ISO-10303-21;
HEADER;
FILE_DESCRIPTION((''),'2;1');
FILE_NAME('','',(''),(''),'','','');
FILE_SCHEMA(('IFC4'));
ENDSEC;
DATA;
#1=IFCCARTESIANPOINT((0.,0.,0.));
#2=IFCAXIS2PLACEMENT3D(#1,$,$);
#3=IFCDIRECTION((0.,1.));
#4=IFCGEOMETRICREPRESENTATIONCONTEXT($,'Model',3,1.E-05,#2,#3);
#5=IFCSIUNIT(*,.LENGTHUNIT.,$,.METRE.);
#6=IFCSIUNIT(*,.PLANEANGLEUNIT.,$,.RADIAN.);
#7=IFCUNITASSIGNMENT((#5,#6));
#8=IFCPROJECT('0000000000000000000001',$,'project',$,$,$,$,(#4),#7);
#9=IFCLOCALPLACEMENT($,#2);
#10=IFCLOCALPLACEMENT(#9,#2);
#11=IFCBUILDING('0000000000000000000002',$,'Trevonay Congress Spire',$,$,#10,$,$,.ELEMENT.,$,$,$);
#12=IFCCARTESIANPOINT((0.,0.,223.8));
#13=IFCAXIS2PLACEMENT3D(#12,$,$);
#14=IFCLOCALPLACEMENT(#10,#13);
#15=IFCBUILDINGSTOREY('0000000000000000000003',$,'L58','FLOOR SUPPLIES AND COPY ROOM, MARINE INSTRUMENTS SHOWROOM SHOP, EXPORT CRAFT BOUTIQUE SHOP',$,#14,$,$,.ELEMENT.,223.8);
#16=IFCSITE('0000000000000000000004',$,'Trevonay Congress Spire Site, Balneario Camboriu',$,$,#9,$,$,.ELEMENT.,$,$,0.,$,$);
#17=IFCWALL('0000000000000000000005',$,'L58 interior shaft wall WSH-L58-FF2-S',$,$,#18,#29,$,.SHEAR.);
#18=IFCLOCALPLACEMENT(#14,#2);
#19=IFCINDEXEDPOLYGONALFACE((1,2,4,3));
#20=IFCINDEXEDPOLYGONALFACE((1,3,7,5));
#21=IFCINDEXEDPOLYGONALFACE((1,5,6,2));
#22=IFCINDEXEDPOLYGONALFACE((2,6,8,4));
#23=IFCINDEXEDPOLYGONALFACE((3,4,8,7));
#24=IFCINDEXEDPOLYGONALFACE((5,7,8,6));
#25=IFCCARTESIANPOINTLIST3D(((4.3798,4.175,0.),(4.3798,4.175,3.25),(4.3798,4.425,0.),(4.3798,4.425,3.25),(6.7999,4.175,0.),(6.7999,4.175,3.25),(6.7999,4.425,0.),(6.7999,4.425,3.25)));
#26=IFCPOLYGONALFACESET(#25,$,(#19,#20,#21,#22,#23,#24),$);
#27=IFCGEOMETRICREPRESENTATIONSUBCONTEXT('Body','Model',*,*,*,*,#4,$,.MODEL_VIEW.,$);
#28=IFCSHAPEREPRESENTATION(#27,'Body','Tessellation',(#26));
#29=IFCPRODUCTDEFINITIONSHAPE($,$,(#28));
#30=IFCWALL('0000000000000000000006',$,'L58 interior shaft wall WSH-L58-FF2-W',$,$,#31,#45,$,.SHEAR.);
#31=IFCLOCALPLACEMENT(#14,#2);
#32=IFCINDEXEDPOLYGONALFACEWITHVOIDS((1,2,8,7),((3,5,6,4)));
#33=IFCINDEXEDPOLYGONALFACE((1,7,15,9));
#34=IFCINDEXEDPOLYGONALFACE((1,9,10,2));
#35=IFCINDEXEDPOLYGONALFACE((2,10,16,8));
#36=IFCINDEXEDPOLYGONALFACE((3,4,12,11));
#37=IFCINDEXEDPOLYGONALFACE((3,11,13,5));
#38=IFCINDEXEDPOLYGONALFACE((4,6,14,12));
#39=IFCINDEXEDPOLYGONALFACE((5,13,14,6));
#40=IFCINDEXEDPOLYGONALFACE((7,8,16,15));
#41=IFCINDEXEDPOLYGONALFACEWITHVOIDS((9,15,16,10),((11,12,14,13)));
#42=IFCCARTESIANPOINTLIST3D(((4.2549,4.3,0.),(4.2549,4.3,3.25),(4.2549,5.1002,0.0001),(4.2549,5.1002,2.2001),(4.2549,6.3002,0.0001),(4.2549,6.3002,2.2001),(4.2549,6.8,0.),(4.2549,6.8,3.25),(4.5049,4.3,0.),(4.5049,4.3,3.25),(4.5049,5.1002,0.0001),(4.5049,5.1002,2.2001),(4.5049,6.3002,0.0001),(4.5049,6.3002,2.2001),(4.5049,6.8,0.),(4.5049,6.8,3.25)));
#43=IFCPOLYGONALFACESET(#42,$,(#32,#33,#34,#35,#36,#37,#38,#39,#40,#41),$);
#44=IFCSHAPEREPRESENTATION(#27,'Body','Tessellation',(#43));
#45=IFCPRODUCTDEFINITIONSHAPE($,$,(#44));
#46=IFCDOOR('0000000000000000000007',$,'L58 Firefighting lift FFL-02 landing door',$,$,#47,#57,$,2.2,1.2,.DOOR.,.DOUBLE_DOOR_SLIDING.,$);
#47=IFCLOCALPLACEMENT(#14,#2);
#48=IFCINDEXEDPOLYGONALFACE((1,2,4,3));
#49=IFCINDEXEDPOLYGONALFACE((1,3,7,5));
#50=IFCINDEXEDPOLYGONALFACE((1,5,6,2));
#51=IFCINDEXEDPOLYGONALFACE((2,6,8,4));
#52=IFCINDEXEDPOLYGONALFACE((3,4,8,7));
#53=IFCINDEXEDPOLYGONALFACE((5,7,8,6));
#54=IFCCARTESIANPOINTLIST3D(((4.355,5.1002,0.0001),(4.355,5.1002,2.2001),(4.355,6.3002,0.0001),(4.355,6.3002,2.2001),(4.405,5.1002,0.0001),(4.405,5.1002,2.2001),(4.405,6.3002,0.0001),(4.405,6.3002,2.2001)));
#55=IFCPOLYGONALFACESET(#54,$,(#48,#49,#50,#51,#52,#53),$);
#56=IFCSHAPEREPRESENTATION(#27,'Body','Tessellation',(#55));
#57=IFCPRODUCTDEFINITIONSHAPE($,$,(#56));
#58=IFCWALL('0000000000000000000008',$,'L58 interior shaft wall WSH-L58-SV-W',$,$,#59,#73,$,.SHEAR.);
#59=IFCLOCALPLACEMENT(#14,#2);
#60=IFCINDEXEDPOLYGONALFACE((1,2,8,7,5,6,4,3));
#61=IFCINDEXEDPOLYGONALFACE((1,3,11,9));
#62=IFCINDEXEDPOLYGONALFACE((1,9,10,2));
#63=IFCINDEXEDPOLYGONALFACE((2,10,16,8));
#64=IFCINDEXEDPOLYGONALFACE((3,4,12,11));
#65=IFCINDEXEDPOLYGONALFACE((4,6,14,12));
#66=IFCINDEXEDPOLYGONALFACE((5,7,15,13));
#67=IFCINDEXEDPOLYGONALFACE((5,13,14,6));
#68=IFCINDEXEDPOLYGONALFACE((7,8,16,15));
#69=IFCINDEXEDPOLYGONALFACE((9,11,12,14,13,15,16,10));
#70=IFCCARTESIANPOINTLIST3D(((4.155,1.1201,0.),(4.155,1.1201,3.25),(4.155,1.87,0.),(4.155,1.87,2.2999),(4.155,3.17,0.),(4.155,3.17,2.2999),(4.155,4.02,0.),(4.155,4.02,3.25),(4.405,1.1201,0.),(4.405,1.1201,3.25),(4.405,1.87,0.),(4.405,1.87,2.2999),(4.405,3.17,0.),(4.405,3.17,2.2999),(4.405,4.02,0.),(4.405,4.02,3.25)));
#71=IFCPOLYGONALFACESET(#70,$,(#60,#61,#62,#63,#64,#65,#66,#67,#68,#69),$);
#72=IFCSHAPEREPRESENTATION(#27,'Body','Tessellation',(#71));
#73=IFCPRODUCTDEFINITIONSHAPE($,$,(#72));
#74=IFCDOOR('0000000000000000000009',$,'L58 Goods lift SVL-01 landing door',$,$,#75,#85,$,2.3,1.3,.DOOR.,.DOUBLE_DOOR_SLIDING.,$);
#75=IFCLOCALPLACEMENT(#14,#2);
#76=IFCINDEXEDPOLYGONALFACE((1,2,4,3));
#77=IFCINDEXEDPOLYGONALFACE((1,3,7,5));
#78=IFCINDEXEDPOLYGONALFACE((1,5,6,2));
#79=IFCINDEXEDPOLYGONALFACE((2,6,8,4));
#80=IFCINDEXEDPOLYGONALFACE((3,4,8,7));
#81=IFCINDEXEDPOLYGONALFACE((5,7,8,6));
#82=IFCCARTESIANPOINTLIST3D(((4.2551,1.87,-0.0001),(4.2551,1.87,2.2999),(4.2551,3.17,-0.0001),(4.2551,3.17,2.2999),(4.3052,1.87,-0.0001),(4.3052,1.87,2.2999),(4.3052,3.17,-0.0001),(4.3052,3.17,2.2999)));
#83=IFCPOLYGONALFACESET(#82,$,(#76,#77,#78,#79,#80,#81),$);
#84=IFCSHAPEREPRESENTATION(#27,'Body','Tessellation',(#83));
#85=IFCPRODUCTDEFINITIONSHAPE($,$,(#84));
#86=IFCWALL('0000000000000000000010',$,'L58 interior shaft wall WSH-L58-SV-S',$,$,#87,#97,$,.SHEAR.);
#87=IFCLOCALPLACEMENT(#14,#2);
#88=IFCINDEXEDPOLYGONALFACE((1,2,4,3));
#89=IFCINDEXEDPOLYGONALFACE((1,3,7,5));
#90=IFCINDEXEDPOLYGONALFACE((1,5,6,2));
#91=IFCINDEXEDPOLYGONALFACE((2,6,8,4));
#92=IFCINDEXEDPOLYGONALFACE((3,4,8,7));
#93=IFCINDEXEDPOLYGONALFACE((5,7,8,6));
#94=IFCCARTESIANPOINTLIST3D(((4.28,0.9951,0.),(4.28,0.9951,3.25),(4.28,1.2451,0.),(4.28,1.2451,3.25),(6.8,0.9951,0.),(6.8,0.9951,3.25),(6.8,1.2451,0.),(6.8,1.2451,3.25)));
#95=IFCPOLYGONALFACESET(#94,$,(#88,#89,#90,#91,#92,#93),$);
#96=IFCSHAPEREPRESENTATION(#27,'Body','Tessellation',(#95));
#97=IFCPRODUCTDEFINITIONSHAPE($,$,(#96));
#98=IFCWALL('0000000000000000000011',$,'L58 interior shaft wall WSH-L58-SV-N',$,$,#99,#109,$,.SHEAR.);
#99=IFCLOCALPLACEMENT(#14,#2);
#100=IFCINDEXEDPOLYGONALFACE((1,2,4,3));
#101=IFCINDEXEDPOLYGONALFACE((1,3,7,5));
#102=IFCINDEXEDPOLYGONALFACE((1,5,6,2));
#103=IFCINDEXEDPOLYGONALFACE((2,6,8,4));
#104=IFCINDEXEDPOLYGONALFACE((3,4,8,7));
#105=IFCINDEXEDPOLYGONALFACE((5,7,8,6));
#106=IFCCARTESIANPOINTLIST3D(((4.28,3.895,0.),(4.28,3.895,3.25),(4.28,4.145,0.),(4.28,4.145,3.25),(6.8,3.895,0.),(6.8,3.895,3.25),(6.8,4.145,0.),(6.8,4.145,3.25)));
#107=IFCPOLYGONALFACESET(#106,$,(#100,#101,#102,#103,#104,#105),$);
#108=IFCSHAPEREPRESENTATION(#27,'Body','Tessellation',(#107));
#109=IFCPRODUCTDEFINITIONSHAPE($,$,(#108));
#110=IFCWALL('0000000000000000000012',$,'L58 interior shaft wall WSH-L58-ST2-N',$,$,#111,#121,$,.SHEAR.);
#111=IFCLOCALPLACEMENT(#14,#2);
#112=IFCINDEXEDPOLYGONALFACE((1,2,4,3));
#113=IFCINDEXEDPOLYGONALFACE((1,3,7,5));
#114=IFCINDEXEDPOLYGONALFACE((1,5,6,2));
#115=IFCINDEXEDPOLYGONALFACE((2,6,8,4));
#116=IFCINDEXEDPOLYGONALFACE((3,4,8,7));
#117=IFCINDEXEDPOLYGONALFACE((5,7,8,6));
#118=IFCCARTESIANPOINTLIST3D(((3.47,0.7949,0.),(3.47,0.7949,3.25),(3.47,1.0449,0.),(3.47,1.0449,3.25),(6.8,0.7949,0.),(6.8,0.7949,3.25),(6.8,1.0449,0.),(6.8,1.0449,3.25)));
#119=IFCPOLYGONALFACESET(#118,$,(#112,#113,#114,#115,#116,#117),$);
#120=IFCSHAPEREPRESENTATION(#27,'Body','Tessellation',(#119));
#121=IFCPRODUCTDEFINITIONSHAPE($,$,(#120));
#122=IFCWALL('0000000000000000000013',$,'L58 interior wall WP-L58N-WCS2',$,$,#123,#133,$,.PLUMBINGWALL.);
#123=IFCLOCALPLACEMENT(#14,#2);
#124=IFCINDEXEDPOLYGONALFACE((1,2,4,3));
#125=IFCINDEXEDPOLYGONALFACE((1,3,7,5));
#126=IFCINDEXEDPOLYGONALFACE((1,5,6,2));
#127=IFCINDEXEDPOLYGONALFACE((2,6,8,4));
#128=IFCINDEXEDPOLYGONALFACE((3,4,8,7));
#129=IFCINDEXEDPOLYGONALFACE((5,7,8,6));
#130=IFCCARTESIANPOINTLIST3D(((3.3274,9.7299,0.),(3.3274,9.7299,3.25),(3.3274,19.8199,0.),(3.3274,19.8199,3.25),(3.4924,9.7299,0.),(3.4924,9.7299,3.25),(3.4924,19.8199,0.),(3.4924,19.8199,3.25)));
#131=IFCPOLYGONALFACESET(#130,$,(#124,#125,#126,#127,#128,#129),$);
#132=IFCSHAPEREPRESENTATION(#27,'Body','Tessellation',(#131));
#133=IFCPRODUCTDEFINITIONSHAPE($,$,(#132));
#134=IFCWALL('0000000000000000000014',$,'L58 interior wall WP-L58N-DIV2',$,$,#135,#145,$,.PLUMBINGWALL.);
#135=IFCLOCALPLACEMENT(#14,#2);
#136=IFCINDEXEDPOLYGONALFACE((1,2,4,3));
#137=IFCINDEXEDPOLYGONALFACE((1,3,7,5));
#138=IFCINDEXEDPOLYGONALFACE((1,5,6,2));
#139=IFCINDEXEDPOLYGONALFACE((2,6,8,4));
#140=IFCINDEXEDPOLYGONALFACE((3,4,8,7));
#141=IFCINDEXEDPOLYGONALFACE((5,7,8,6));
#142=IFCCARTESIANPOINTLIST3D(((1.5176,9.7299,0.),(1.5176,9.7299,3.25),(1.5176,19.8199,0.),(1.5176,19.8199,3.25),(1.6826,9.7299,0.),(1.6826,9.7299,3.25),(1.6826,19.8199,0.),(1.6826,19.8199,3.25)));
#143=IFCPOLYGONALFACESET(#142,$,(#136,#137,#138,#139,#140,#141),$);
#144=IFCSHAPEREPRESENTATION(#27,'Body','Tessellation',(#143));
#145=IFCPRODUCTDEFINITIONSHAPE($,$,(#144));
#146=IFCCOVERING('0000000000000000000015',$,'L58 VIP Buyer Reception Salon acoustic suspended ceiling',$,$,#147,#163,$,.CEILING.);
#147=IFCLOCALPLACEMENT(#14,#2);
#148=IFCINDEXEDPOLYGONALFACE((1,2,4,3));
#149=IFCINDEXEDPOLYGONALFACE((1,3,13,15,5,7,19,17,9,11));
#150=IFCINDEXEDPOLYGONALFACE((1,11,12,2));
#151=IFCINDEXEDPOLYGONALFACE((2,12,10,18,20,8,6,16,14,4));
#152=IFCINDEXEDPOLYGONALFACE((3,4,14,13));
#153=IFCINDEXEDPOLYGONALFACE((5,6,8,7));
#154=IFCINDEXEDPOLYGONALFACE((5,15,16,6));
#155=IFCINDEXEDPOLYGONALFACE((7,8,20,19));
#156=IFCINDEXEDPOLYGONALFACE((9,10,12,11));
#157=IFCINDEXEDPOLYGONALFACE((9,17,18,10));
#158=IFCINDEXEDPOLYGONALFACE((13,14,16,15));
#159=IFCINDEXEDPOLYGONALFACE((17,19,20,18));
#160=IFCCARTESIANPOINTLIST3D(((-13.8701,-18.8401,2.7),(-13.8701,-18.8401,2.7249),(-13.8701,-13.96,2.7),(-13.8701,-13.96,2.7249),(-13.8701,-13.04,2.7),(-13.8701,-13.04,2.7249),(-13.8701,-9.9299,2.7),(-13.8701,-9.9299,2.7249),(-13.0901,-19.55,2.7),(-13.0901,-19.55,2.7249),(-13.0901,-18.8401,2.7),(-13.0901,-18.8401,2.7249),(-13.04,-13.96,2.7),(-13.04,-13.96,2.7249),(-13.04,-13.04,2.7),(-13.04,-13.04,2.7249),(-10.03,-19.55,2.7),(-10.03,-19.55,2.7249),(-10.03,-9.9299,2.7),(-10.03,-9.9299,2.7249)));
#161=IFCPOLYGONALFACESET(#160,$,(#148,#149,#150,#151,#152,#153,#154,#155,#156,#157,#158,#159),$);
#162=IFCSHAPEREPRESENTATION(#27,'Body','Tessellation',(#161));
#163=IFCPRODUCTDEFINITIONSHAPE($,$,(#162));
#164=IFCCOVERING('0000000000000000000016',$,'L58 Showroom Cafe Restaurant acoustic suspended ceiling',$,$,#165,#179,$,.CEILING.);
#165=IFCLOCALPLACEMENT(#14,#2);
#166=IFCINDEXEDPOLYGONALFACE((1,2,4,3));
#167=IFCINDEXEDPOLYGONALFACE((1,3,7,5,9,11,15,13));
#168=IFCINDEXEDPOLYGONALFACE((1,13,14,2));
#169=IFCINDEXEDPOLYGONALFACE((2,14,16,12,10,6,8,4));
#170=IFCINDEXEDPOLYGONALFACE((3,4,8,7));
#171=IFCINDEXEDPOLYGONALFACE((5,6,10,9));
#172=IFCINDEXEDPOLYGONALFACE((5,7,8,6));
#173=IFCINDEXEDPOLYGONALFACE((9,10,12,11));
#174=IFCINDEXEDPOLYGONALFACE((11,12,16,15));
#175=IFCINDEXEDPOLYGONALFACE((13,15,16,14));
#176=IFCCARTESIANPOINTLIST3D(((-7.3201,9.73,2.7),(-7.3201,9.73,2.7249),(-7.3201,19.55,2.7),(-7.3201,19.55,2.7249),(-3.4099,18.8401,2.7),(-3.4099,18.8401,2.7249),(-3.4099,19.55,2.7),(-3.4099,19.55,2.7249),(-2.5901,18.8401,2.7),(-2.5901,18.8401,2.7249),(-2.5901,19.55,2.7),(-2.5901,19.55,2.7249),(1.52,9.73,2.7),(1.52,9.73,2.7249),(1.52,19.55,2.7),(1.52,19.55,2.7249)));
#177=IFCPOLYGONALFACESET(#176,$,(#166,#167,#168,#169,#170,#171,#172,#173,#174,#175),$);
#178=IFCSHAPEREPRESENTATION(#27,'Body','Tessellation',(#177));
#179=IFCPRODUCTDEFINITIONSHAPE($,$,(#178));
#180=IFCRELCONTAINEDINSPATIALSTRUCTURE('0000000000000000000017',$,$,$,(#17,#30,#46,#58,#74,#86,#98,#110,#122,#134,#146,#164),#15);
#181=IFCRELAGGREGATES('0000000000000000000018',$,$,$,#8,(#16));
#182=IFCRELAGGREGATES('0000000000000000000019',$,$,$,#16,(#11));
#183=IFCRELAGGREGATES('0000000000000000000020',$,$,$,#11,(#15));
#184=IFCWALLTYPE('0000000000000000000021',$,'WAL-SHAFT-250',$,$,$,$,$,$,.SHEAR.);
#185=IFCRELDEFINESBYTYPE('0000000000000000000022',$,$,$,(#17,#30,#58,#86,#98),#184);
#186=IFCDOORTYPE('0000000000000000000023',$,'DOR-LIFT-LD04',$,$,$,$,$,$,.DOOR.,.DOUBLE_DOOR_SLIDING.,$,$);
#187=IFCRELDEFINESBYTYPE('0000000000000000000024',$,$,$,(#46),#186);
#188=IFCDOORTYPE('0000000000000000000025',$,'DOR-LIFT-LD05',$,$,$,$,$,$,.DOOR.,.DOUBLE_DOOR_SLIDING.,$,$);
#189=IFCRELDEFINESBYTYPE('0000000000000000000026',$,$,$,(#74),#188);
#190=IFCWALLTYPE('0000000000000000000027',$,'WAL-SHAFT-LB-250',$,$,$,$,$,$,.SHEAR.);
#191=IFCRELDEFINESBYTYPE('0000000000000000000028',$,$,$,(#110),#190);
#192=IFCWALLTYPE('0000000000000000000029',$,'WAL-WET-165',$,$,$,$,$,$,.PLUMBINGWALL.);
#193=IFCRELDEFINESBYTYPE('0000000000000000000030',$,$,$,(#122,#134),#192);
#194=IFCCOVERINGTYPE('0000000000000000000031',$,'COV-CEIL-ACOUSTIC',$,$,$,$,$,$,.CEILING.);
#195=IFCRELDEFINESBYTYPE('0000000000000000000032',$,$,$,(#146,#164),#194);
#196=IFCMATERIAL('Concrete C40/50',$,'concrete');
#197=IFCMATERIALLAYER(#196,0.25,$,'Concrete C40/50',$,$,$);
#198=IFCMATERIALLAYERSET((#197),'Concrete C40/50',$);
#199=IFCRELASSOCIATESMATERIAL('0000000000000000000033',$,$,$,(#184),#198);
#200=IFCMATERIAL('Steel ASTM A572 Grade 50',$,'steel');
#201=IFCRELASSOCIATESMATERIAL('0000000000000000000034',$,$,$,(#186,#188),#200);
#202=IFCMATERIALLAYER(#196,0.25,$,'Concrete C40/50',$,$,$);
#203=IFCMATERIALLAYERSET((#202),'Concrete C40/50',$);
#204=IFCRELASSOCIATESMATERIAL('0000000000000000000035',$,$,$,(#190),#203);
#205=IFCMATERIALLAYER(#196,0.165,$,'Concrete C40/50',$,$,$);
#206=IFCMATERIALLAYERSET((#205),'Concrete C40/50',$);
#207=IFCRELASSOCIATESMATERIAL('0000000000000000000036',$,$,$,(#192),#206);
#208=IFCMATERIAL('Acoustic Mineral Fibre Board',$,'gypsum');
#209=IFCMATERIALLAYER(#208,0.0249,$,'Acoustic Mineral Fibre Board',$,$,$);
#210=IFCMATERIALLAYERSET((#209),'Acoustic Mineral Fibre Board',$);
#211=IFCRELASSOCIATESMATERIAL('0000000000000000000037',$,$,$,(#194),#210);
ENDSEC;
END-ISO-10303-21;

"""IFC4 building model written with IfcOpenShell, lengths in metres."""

from ifc_helpers import new_model, si_unit, direction, frame, frame_2d, origin, place, context, subcontext, project, spatial, polyline, rectangle, outline, extrude, material, layer, layer_set, type_object, element, fill, save


model = new_model("IFC4")

# Units and contexts
model_context = context("Model", 3, precision=1e-05, world=origin(), true_north=direction((0.0, 1.0)))
body_context = subcontext(model_context, "Body", "Model", "MODEL_VIEW")
ifc_project = project(units=[si_unit("LENGTHUNIT", "METRE"), si_unit("PLANEANGLEUNIT", "RADIAN")], contexts=[model_context])

# Site, building, storey
site_placement = place(None, origin())
site = spatial("IfcSite", under=ifc_project, at=site_placement, Name="Trevonay Congress Spire Site, Balneario Camboriu", CompositionType="ELEMENT", RefElevation=0.0)
building_placement = place(site_placement, origin())
building = spatial("IfcBuilding", under=site, at=building_placement, Name="Trevonay Congress Spire", CompositionType="ELEMENT")
storey_placement = place(building_placement, frame((0.0, 0.0, 223.8)))
storey = spatial("IfcBuildingStorey", under=building, at=storey_placement, Name="L58", Description="FLOOR SUPPLIES AND COPY ROOM, MARINE INSTRUMENTS SHOWROOM SHOP, EXPORT CRAFT BOUTIQUE SHOP", CompositionType="ELEMENT", Elevation=223.8)

# Shared definitions
ifc_material_1 = material(Name="Steel ASTM A572 Grade 50", Category="steel")

# Wall
ifc_material_2 = material(Name="Concrete C40/50", Category="concrete")
ifc_layer_1 = layer(ifc_material_2, 0.25, Name="Concrete C40/50")
ifc_layer_set_1 = layer_set([ifc_layer_1], Name="Concrete C40/50")
wall_type_1 = type_object("IfcWallType", Name="WAL-SHAFT-250", PredefinedType="SHEAR", material=ifc_layer_set_1)
wall_1_placement = place(storey_placement, frame((4.3799, 4.3, 0.0), z_axis=(0.0, 0.0, 1.0), x_axis=(1.0, 0.0, 0.0)))
element("IfcWall", 1, at=wall_1_placement, inside=storey, type_object=wall_type_1, Name="L58 interior shaft wall WSH-L58-FF2-S", PredefinedType="SHEAR", context=body_context, shape_type="SweptSolid", body=[
    extrude(rectangle(XDim=2.4202, YDim=0.25, at=frame_2d((1.21, 0.0))), origin(), (0.0, 0.0, 1.0), 3.25),
])

# Walls, openings, doors
wall_2_placement = place(storey_placement, frame((4.3799, 4.3, 0.0), z_axis=(0.0, 0.0, 1.0), x_axis=(0.0, 1.0, 0.0)))
wall_2 = element("IfcWall", 2, at=wall_2_placement, inside=storey, type_object=wall_type_1, Name="L58 interior shaft wall WSH-L58-FF2-W", PredefinedType="SHEAR", context=body_context, shape_type="SweptSolid", body=[
    extrude(rectangle(XDim=2.5, YDim=0.25, at=frame_2d((1.25, 0.0))), origin(), (0.0, 0.0, 1.0), 3.25),
])
opening_1_placement = place(wall_2_placement, frame((0.8, 0.0, 0.0)))
opening_1 = element("IfcOpeningElement", 3, at=opening_1_placement, cuts=wall_2, PredefinedType="OPENING", context=body_context, shape_type="SweptSolid", body=[
    extrude(rectangle(XDim=1.2, YDim=2.2, at=frame_2d((0.6001, 1.1001))), frame((0.0, 0.135, 0.0), z_axis=(0.0, -1.0, 0.0), x_axis=(1.0, 0.0, 0.0)), (0.0, 0.0, 1.0), 0.27),
])
door_type_1 = type_object("IfcDoorType", Name="DOR-LIFT-LD04", OperationType="DOUBLE_DOOR_SLIDING", PredefinedType="DOOR", material=ifc_material_1)
door_1_placement = place(opening_1_placement, origin())
door_1 = element("IfcDoor", 4, at=door_1_placement, inside=storey, type_object=door_type_1, Name="L58 Firefighting lift FFL-02 landing door", OperationType="DOUBLE_DOOR_SLIDING", OverallHeight=2.2, OverallWidth=1.2, PredefinedType="DOOR", context=body_context, shape_type="SweptSolid", body=[
    extrude(rectangle(XDim=1.2, YDim=2.2, at=frame_2d((0.6001, 1.1001))), frame((0.0, 0.0249, 0.0), z_axis=(0.0, -1.0, 0.0), x_axis=(1.0, 0.0, 0.0)), (0.0, 0.0, 1.0), 0.05),
])
fill(opening_1, door_1)
wall_3_placement = place(storey_placement, frame((4.28, 1.1201, 0.0), z_axis=(0.0, 0.0, 1.0), x_axis=(0.0, 1.0, 0.0)))
wall_3 = element("IfcWall", 5, at=wall_3_placement, inside=storey, type_object=wall_type_1, Name="L58 interior shaft wall WSH-L58-SV-W", PredefinedType="SHEAR", context=body_context, shape_type="SweptSolid", body=[
    extrude(rectangle(XDim=2.8999, YDim=0.25, at=frame_2d((1.45, 0.0))), origin(), (0.0, 0.0, 1.0), 3.25),
])
opening_2_placement = place(wall_3_placement, frame((0.75, 0.0, 0.0)))
opening_2 = element("IfcOpeningElement", 6, at=opening_2_placement, cuts=wall_3, PredefinedType="OPENING", context=body_context, shape_type="SweptSolid", body=[
    extrude(rectangle(XDim=1.3, YDim=2.3, at=frame_2d((0.6499, 1.1499))), frame((0.0, 0.135, 0.0), z_axis=(0.0, -1.0, 0.0), x_axis=(1.0, 0.0, 0.0)), (0.0, 0.0, 1.0), 0.27),
])
door_type_2 = type_object("IfcDoorType", Name="DOR-LIFT-LD05", OperationType="DOUBLE_DOOR_SLIDING", PredefinedType="DOOR", material=ifc_material_1)
door_2_placement = place(opening_2_placement, origin())
door_2 = element("IfcDoor", 7, at=door_2_placement, inside=storey, type_object=door_type_2, Name="L58 Goods lift SVL-01 landing door", OperationType="DOUBLE_DOOR_SLIDING", OverallHeight=2.3, OverallWidth=1.3, PredefinedType="DOOR", context=body_context, shape_type="SweptSolid", body=[
    extrude(rectangle(XDim=1.3, YDim=2.3, at=frame_2d((0.6499, 1.1499))), frame((0.0, 0.0249, 0.0), z_axis=(0.0, -1.0, 0.0), x_axis=(1.0, 0.0, 0.0)), (0.0, 0.0, 1.0), 0.05),
])
fill(opening_2, door_2)

# Walls
for number, where, z_axis, x_axis, name in (
    (8, (4.28, 1.1201, 0.0), (0.0, 0.0, 1.0), (1.0, 0.0, 0.0), "L58 interior shaft wall WSH-L58-SV-S"),
    (9, (4.28, 4.02, 0.0), (0.0, 0.0, 1.0), (1.0, 0.0, 0.0), "L58 interior shaft wall WSH-L58-SV-N"),
):
    element("IfcWall", number, at=place(storey_placement, frame(where, z_axis=z_axis, x_axis=x_axis)), inside=storey, type_object=wall_type_1, Name=name, PredefinedType="SHEAR", context=body_context, shape_type="SweptSolid", body=[
        extrude(rectangle(XDim=2.52, YDim=0.25, at=frame_2d((1.26, 0.0))), origin(), (0.0, 0.0, 1.0), 3.25),
    ])
ifc_layer_2 = layer(ifc_material_2, 0.25, Name="Concrete C40/50")
ifc_layer_set_2 = layer_set([ifc_layer_2], Name="Concrete C40/50")
wall_type_2 = type_object("IfcWallType", Name="WAL-SHAFT-LB-250", PredefinedType="SHEAR", material=ifc_layer_set_2)
wall_4_placement = place(storey_placement, frame((3.47, 0.9199, 0.0), z_axis=(0.0, 0.0, 1.0), x_axis=(1.0, 0.0, 0.0)))
element("IfcWall", 10, at=wall_4_placement, inside=storey, type_object=wall_type_2, Name="L58 interior shaft wall WSH-L58-ST2-N", PredefinedType="SHEAR", context=body_context, shape_type="SweptSolid", body=[
    extrude(rectangle(XDim=3.3301, YDim=0.25, at=frame_2d((1.665, 0.0))), origin(), (0.0, 0.0, 1.0), 3.25),
])
ifc_layer_3 = layer(ifc_material_2, 0.165, Name="Concrete C40/50")
ifc_layer_set_3 = layer_set([ifc_layer_3], Name="Concrete C40/50")
wall_type_3 = type_object("IfcWallType", Name="WAL-WET-165", PredefinedType="PLUMBINGWALL", material=ifc_layer_set_3)
for number, where, z_axis, x_axis, name in (
    (11, (3.4099, 9.73, 0.0), (0.0, 0.0, 1.0), (0.0, 1.0, 0.0), "L58 interior wall WP-L58N-WCS2"),
    (12, (1.6001, 9.73, 0.0), (0.0, 0.0, 1.0), (0.0, 1.0, 0.0), "L58 interior wall WP-L58N-DIV2"),
):
    element("IfcWall", number, at=place(storey_placement, frame(where, z_axis=z_axis, x_axis=x_axis)), inside=storey, type_object=wall_type_3, Name=name, PredefinedType="PLUMBINGWALL", context=body_context, shape_type="SweptSolid", body=[
        extrude(rectangle(XDim=10.0901, YDim=0.165, at=frame_2d((5.0449, 0.0))), origin(), (0.0, 0.0, 1.0), 3.25),
    ])

# Coverings
ifc_material_3 = material(Name="Acoustic Mineral Fibre Board", Category="gypsum")
ifc_layer_4 = layer(ifc_material_3, 0.0249, Name="Acoustic Mineral Fibre Board")
ifc_layer_set_4 = layer_set([ifc_layer_4], Name="Acoustic Mineral Fibre Board")
covering_type_1 = type_object("IfcCoveringType", Name="COV-CEIL-ACOUSTIC", PredefinedType="CEILING", material=ifc_layer_set_4)
covering_1_placement = place(storey_placement, frame((0.0, 0.0, 2.7)))
element("IfcCovering", 13, at=covering_1_placement, inside=storey, type_object=covering_type_1, Name="L58 VIP Buyer Reception Salon acoustic suspended ceiling", PredefinedType="CEILING", context=body_context, shape_type="SweptSolid", body=[
    extrude(outline(polyline([(-13.8701, -9.9299), (-10.03, -9.9299), (-10.03, -19.55), (-13.0901, -19.55), (-13.0901, -18.8401), (-13.8701, -18.8401), (-13.8701, -13.96), (-13.04, -13.96), (-13.04, -13.04), (-13.8701, -13.04), (-13.8701, -9.9299)])), origin(), (0.0, 0.0, 1.0), 0.0249),
])
covering_2_placement = place(storey_placement, frame((0.0, 0.0, 2.7)))
element("IfcCovering", 14, at=covering_2_placement, inside=storey, type_object=covering_type_1, Name="L58 Showroom Cafe Restaurant acoustic suspended ceiling", PredefinedType="CEILING", context=body_context, shape_type="SweptSolid", body=[
    extrude(outline(polyline([(1.52, 19.55), (1.52, 9.73), (-7.3201, 9.73), (-7.3201, 19.55), (-3.4099, 19.55), (-3.4099, 18.8401), (-2.5901, 18.8401), (-2.5901, 19.55), (1.52, 19.55)])), origin(), (0.0, 0.0, 1.0), 0.0249),
])

save(model, "model.ifc")
